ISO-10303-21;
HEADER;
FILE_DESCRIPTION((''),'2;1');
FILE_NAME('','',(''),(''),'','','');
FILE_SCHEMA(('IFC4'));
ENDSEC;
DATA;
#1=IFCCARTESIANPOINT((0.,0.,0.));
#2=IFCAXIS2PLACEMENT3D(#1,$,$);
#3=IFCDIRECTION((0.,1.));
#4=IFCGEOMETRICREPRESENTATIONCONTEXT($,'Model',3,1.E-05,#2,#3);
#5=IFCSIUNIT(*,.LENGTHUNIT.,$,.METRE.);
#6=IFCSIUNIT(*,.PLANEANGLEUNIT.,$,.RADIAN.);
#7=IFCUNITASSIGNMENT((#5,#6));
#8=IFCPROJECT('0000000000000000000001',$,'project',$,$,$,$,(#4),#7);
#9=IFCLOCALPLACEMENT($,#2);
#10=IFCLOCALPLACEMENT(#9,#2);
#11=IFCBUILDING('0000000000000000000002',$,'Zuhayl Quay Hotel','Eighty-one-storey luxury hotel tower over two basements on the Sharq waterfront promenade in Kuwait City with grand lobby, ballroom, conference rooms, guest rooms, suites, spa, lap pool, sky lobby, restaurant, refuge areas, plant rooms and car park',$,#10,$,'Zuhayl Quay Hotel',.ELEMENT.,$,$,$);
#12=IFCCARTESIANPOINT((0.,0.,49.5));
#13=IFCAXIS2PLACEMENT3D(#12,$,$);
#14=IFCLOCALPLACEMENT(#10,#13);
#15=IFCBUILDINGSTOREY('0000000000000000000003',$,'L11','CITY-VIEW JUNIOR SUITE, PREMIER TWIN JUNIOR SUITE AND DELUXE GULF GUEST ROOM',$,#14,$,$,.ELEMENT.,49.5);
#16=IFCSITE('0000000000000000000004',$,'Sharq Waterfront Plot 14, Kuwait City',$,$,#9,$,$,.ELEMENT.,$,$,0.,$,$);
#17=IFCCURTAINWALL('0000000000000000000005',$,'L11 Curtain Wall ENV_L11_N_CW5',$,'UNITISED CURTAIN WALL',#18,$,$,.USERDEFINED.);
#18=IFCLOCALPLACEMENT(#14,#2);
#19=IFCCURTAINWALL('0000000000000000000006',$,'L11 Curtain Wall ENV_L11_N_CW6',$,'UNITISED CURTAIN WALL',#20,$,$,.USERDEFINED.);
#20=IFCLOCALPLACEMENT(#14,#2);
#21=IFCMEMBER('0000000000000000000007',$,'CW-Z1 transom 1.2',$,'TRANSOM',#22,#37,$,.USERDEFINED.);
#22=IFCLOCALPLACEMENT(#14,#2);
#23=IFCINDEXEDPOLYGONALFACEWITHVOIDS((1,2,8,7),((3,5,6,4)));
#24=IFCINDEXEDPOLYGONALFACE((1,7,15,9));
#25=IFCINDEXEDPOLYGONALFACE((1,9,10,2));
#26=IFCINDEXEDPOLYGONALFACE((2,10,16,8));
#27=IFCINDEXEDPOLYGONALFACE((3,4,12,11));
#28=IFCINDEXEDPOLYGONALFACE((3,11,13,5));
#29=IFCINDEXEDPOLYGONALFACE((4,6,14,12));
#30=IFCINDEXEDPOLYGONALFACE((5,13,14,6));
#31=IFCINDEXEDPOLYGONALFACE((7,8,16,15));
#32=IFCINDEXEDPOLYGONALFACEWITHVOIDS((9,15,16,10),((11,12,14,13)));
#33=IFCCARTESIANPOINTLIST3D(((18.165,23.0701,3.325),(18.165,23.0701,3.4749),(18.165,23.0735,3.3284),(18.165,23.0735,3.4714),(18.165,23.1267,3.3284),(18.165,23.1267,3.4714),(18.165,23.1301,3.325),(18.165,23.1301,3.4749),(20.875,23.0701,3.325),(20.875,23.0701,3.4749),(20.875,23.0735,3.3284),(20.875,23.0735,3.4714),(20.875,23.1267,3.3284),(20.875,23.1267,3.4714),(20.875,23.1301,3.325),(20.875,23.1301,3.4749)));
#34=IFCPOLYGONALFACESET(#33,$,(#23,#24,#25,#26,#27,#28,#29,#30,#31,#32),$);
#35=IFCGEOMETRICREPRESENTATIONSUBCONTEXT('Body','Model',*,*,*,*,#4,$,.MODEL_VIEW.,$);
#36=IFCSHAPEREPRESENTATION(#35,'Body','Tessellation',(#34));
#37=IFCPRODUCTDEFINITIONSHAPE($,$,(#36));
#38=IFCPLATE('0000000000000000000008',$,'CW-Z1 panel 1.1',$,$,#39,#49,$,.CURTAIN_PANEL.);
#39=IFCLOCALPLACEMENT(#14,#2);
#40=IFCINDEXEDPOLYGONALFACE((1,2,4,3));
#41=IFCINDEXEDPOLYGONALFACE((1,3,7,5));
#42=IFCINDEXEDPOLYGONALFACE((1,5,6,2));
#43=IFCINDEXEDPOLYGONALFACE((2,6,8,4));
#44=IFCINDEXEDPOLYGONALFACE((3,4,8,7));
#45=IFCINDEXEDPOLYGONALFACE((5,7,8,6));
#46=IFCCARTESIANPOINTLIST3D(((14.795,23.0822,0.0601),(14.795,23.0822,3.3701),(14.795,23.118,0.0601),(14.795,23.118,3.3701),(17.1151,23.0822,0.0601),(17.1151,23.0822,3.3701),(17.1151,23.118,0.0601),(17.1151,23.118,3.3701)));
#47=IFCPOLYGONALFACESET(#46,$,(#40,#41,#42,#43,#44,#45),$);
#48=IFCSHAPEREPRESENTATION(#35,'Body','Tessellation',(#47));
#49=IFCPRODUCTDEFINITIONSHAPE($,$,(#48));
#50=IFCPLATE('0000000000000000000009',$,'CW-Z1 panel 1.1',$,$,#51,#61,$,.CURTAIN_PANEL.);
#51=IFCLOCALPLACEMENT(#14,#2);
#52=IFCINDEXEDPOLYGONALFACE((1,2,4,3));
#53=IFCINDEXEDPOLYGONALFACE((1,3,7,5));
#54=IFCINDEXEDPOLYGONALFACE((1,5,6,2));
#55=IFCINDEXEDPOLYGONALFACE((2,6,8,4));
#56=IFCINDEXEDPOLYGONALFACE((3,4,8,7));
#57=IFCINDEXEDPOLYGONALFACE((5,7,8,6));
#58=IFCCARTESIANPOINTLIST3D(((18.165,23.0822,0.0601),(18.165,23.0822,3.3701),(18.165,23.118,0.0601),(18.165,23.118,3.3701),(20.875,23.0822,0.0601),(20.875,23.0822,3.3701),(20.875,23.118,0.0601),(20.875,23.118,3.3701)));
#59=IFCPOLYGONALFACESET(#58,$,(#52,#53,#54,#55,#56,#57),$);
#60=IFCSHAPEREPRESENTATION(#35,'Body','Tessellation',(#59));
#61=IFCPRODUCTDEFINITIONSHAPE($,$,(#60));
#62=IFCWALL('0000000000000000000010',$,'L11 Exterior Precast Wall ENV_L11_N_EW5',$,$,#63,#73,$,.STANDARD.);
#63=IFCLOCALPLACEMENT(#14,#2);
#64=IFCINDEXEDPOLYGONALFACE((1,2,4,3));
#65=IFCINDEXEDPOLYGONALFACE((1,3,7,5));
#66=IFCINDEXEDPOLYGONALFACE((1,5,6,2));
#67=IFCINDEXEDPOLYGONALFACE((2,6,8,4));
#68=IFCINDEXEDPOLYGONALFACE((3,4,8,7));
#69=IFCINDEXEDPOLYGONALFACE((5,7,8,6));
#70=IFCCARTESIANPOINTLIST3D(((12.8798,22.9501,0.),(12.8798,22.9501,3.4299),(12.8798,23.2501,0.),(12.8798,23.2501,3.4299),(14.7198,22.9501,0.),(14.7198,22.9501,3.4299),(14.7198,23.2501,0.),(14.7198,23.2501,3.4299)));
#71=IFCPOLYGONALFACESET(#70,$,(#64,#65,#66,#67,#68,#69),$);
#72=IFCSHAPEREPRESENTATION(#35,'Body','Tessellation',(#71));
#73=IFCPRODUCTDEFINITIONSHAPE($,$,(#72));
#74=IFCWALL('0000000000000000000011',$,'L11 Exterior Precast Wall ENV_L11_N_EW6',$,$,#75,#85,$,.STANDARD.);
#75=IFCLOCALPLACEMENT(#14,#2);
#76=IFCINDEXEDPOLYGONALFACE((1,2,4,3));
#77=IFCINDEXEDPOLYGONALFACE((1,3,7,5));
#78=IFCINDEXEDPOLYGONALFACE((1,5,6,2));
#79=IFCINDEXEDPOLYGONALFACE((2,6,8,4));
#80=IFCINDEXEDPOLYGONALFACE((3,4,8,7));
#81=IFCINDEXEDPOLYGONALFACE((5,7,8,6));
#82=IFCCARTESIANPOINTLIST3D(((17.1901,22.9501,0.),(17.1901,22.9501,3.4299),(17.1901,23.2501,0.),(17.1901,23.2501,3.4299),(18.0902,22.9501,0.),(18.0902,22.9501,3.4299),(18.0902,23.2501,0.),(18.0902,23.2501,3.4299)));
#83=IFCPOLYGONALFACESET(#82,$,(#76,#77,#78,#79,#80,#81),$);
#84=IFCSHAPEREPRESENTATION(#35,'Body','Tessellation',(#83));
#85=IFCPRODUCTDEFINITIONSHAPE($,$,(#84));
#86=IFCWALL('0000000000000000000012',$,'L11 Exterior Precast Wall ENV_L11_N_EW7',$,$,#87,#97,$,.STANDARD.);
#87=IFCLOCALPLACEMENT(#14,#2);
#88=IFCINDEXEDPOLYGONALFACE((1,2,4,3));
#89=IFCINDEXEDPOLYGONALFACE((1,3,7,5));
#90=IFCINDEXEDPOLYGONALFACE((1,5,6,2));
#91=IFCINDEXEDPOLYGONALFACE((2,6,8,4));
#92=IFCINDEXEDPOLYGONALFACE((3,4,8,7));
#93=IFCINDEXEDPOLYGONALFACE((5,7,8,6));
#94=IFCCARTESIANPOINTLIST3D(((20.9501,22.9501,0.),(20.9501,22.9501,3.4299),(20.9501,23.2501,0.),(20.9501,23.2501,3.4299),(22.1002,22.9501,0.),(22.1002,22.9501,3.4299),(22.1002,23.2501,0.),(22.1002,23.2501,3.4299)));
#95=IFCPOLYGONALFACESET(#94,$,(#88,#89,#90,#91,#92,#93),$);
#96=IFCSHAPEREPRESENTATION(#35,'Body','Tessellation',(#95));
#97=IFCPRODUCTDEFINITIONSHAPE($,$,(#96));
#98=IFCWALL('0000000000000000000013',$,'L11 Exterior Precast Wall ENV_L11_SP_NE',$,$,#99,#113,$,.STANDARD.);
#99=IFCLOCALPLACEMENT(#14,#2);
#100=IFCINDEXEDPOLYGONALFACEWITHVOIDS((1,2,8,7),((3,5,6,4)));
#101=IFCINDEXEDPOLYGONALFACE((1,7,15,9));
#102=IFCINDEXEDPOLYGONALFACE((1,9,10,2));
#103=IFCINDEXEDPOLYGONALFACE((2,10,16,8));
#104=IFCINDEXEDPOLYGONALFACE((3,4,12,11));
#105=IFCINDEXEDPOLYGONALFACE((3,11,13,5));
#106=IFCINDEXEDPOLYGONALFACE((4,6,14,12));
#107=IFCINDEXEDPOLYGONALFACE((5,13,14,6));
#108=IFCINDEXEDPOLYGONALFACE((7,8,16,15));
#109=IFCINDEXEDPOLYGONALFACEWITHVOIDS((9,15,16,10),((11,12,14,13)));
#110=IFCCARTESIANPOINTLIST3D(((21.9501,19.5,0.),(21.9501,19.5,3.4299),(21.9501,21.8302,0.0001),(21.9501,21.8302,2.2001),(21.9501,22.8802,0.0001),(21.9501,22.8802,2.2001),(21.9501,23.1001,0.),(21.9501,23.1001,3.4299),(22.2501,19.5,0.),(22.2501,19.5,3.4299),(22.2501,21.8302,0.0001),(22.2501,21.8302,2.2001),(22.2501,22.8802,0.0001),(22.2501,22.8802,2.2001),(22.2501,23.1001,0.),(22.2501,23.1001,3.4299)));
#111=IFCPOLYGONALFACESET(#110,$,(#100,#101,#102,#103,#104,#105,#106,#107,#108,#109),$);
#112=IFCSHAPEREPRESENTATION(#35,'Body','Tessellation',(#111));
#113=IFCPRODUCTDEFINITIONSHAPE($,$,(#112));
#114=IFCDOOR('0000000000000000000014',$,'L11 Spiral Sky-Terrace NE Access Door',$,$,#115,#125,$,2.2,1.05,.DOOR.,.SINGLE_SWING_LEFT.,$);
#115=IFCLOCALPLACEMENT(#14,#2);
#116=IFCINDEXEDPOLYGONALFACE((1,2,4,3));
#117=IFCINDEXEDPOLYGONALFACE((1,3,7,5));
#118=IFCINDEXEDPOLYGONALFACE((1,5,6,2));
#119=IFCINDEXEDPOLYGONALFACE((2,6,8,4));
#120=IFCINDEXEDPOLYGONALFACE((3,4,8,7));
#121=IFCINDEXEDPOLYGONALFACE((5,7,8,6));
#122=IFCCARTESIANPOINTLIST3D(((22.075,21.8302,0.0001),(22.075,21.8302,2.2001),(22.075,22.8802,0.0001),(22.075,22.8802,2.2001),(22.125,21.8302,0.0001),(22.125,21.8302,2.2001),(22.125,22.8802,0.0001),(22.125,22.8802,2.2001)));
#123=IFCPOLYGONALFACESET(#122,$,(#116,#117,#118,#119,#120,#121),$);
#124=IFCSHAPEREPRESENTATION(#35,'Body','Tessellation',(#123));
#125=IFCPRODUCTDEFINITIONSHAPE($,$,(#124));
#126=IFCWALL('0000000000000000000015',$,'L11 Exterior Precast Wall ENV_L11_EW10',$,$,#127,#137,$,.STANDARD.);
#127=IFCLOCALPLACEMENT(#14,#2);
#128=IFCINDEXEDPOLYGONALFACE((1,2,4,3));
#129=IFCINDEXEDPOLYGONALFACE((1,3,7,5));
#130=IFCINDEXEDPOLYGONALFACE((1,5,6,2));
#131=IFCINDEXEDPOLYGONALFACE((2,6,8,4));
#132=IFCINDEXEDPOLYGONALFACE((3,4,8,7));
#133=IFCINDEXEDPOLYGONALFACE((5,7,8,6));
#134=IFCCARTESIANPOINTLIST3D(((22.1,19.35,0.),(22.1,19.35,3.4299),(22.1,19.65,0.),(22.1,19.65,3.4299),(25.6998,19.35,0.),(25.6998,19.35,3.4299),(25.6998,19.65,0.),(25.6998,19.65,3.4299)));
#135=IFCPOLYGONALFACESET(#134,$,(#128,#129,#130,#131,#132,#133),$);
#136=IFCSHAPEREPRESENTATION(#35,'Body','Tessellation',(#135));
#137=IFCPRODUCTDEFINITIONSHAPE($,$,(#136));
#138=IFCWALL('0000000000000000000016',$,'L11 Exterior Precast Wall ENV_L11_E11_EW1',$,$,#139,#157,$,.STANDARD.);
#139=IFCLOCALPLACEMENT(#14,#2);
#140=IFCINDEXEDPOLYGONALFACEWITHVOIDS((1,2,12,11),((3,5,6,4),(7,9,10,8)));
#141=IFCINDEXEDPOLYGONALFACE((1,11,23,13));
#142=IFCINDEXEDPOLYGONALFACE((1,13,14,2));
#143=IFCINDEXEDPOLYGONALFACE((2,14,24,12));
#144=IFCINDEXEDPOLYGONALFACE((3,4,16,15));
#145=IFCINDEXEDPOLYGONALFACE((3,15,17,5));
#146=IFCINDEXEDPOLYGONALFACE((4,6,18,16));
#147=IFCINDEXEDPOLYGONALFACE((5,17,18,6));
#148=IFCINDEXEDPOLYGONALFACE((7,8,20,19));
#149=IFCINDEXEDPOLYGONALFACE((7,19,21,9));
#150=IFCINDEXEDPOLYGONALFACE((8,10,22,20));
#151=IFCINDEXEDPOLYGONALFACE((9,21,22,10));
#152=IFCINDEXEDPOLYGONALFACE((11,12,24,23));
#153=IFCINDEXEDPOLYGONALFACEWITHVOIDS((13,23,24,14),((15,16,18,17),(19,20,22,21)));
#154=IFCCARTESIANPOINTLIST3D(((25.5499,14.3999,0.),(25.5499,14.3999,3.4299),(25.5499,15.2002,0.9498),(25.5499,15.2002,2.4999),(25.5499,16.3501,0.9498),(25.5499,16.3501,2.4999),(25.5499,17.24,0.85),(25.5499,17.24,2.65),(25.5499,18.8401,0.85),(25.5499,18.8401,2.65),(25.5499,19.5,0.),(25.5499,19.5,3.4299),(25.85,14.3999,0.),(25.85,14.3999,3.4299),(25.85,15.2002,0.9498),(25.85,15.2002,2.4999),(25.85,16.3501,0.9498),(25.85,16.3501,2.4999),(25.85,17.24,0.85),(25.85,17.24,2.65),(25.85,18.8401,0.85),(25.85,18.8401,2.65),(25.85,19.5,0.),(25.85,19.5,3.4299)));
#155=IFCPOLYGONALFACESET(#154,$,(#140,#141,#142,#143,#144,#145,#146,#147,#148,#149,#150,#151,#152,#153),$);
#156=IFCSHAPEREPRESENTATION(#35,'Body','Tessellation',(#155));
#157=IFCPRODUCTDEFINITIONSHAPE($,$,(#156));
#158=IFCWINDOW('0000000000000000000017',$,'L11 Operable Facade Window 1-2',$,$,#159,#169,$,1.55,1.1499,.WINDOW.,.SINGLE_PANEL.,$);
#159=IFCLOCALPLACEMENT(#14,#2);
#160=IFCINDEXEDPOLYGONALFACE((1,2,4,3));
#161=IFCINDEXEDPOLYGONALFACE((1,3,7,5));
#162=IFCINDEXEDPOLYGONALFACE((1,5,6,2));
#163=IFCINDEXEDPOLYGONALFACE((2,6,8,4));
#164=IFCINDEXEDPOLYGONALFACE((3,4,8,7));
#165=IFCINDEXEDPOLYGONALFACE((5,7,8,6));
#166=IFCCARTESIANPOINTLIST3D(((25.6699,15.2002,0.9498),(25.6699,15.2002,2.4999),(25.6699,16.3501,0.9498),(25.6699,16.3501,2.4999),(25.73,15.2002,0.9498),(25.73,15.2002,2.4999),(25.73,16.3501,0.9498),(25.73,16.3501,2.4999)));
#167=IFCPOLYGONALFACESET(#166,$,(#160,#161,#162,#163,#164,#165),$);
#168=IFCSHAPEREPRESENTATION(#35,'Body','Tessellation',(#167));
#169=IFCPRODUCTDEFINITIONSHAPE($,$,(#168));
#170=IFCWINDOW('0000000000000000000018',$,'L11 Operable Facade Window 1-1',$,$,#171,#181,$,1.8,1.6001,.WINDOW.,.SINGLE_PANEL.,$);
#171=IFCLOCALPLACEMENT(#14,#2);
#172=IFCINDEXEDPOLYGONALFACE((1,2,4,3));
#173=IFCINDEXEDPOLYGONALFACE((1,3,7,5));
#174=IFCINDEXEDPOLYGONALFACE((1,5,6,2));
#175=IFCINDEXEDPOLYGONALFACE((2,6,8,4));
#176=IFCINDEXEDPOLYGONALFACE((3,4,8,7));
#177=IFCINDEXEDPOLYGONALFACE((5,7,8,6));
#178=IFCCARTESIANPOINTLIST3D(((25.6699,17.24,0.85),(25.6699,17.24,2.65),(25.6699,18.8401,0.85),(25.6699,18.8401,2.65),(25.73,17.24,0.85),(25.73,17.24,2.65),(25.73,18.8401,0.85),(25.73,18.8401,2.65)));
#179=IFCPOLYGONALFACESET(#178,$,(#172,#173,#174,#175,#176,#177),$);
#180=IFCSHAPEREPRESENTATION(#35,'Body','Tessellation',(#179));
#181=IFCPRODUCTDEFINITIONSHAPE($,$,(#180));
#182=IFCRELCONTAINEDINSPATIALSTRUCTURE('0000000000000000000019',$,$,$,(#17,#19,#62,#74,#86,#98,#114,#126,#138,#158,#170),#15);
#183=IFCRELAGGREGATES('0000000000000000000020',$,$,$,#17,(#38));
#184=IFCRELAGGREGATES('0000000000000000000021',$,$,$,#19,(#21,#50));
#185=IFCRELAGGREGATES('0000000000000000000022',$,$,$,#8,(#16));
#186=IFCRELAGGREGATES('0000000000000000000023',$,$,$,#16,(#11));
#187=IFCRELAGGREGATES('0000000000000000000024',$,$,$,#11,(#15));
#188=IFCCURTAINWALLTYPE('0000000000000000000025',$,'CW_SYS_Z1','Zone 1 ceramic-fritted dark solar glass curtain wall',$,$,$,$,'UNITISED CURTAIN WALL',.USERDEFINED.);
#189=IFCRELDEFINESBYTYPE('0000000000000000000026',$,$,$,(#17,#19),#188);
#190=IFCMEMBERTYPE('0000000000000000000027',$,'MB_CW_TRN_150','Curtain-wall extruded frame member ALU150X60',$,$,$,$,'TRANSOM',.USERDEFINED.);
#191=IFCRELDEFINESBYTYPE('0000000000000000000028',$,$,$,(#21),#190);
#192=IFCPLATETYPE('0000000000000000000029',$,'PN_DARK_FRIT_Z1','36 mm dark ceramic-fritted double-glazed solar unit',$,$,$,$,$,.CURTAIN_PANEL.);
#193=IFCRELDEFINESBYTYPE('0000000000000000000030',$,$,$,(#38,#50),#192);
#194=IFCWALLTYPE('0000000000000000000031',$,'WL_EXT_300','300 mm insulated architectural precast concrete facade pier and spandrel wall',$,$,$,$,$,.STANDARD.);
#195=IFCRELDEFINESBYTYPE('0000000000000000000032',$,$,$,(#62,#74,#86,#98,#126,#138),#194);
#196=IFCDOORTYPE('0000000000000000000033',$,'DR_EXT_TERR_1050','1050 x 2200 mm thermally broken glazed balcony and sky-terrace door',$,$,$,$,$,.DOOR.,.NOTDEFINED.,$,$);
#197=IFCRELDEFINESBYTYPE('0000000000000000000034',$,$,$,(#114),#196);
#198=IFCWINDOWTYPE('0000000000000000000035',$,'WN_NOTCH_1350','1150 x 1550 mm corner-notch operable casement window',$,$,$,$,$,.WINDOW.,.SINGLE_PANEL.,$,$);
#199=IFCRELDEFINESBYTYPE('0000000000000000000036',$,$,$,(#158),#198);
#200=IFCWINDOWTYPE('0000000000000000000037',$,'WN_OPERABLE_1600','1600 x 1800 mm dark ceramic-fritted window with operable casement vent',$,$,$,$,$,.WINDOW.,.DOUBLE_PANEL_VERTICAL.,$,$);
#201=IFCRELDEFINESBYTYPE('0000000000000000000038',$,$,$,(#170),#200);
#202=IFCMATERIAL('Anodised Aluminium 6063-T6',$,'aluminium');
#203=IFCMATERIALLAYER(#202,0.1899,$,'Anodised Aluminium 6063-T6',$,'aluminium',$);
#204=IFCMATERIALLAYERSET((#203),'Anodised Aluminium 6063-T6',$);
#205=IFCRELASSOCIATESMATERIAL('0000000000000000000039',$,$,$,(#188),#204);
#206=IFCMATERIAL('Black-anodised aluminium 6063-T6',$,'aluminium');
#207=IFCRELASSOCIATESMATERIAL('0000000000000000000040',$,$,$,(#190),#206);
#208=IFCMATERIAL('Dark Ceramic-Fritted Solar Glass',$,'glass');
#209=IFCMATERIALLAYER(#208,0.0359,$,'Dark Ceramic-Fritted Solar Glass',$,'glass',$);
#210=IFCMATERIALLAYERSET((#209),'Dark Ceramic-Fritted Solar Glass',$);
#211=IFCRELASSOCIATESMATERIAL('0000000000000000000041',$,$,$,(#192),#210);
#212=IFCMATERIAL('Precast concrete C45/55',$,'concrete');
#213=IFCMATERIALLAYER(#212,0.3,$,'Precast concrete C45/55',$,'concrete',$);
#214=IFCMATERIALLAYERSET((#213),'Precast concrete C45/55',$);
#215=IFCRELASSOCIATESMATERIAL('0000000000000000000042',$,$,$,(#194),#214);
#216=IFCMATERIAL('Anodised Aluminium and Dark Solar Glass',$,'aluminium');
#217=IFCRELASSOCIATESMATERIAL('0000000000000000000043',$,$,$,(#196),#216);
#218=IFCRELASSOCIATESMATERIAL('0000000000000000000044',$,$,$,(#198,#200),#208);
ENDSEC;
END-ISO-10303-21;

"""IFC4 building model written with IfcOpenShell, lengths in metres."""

from ifc_helpers import new_model, si_unit, direction, frame, frame_2d, origin, origin_2d, place, context, subcontext, project, spatial, rectangle, hollow_rectangle, extrude, material, layer, layer_set, material_profile, profile_set, type_object, element, fill, aggregate, save


model = new_model("IFC4")

# Units and contexts
model_context = context("Model", 3, precision=1e-05, world=origin(), true_north=direction((0.0, 1.0)))
body_context = subcontext(model_context, "Body", "Model", "MODEL_VIEW")
ifc_project = project(units=[si_unit("LENGTHUNIT", "METRE"), si_unit("PLANEANGLEUNIT", "RADIAN")], contexts=[model_context])

# Site, building, storey
site_placement = place(None, origin())
site = spatial("IfcSite", under=ifc_project, at=site_placement, Name="Sharq Waterfront Plot 14, Kuwait City", CompositionType="ELEMENT", RefElevation=0.0)
building_placement = place(site_placement, origin())
building = spatial("IfcBuilding", under=site, at=building_placement, Name="Zuhayl Quay Hotel", Description="Eighty-one-storey luxury hotel tower over two basements on the Sharq waterfront promenade in Kuwait City with grand lobby, ballroom, conference rooms, guest rooms, suites, spa, lap pool, sky lobby, restaurant, refuge areas, plant rooms and car park", LongName="Zuhayl Quay Hotel", CompositionType="ELEMENT")
storey_placement = place(building_placement, frame((0.0, 0.0, 49.5)))
storey = spatial("IfcBuildingStorey", under=building, at=storey_placement, Name="L11", Description="CITY-VIEW JUNIOR SUITE, PREMIER TWIN JUNIOR SUITE AND DELUXE GULF GUEST ROOM", CompositionType="ELEMENT", Elevation=49.5)

# Shared definitions
ifc_material_1 = material(Name="Anodised Aluminium 6063-T6", Category="aluminium")
ifc_layer_1 = layer(ifc_material_1, 0.1899, Name="Anodised Aluminium 6063-T6", Category="aluminium")
ifc_layer_set_1 = layer_set([ifc_layer_1], Name="Anodised Aluminium 6063-T6")
curtain_wall_type = type_object("IfcCurtainWallType", Name="CW_SYS_Z1", Description="Zone 1 ceramic-fritted dark solar glass curtain wall", ElementType="UNITISED CURTAIN WALL", PredefinedType="USERDEFINED", material=ifc_layer_set_1)
ifc_material_2 = material(Name="Black-anodised aluminium 6063-T6", Category="aluminium")

# Curtain walls
curtain_wall_1_placement = place(storey_placement, origin())
curtain_wall_1 = element("IfcCurtainWall", 1, at=curtain_wall_1_placement, inside=storey, type_object=curtain_wall_type, Name="L11 Curtain Wall ENV_L11_N_CW5", ObjectType="UNITISED CURTAIN WALL", PredefinedType="USERDEFINED")
curtain_wall_2_placement = place(storey_placement, origin())
curtain_wall_2 = element("IfcCurtainWall", 2, at=curtain_wall_2_placement, inside=storey, type_object=curtain_wall_type, Name="L11 Curtain Wall ENV_L11_N_CW6", ObjectType="UNITISED CURTAIN WALL", PredefinedType="USERDEFINED")

# Member
ifc_material_profile_1 = material_profile(ifc_material_2, hollow_rectangle(XDim=0.0601, YDim=0.1499, WallThickness=0.0034, at=origin_2d()), Name="ALU150X60")
ifc_profile_set_1 = profile_set([ifc_material_profile_1], Name="Black-anodised aluminium 6063-T6")
member_type_1 = type_object("IfcMemberType", Name="MB_CW_TRN_150", Description="Curtain-wall extruded frame member ALU150X60", ElementType="TRANSOM", PredefinedType="USERDEFINED", material=ifc_profile_set_1)
member_1_placement = place(storey_placement, frame((18.165, 23.1001, 3.3999), z_axis=(1.0, 0.0, 0.0), x_axis=(0.0, 1.0, 0.0)))
member_1 = element("IfcMember", 3, at=member_1_placement, type_object=member_type_1, Name="CW-Z1 transom 1.2", ObjectType="TRANSOM", PredefinedType="USERDEFINED", context=body_context, shape_type="SweptSolid", body=[
    extrude(hollow_rectangle(XDim=0.0601, YDim=0.1499, WallThickness=0.0034, at=origin_2d()), origin(), (0.0, 0.0, 1.0), 2.71),
])

# Plates
ifc_material_3 = material(Name="Dark Ceramic-Fritted Solar Glass", Category="glass")
ifc_layer_2 = layer(ifc_material_3, 0.0359, Name="Dark Ceramic-Fritted Solar Glass", Category="glass")
ifc_layer_set_2 = layer_set([ifc_layer_2], Name="Dark Ceramic-Fritted Solar Glass")
plate_type = type_object("IfcPlateType", Name="PN_DARK_FRIT_Z1", Description="36 mm dark ceramic-fritted double-glazed solar unit", PredefinedType="CURTAIN_PANEL", material=ifc_layer_set_2)
plate_1_placement = place(storey_placement, frame((15.9551, 23.1001, 0.0601), z_axis=(0.0, 0.0, 1.0), x_axis=(1.0, 0.0, 0.0)))
plate_1 = element("IfcPlate", 4, at=plate_1_placement, type_object=plate_type, Name="CW-Z1 panel 1.1", PredefinedType="CURTAIN_PANEL", context=body_context, shape_type="SweptSolid", body=[
    extrude(rectangle(XDim=2.3201, YDim=0.0359, at=origin_2d()), origin(), (0.0, 0.0, 1.0), 3.3101),
])
aggregate(curtain_wall_1, [plate_1])
plate_2_placement = place(storey_placement, frame((19.52, 23.1001, 0.0601), z_axis=(0.0, 0.0, 1.0), x_axis=(1.0, 0.0, 0.0)))
plate_2 = element("IfcPlate", 5, at=plate_2_placement, type_object=plate_type, Name="CW-Z1 panel 1.1", PredefinedType="CURTAIN_PANEL", context=body_context, shape_type="SweptSolid", body=[
    extrude(rectangle(XDim=2.71, YDim=0.0359, at=origin_2d()), origin(), (0.0, 0.0, 1.0), 3.3101),
])
aggregate(curtain_wall_2, [member_1, plate_2])

# Walls
ifc_material_4 = material(Name="Precast concrete C45/55", Category="concrete")
ifc_layer_3 = layer(ifc_material_4, 0.3, Name="Precast concrete C45/55", Category="concrete")
ifc_layer_set_3 = layer_set([ifc_layer_3], Name="Precast concrete C45/55")
wall_type_1 = type_object("IfcWallType", Name="WL_EXT_300", Description="300 mm insulated architectural precast concrete facade pier and spandrel wall", PredefinedType="STANDARD", material=ifc_layer_set_3)
wall_1_placement = place(storey_placement, frame((12.8799, 23.1001, 0.0), z_axis=(0.0, 0.0, 1.0), x_axis=(1.0, 0.0, 0.0)))
element("IfcWall", 6, at=wall_1_placement, inside=storey, type_object=wall_type_1, Name="L11 Exterior Precast Wall ENV_L11_N_EW5", PredefinedType="STANDARD", context=body_context, shape_type="SweptSolid", body=[
    extrude(rectangle(XDim=1.8401, YDim=0.3, at=frame_2d((0.9199, 0.0))), origin(), (0.0, 0.0, 1.0), 3.4299),
])
wall_2_placement = place(storey_placement, frame((17.1899, 23.1001, 0.0), z_axis=(0.0, 0.0, 1.0), x_axis=(1.0, 0.0, 0.0)))
element("IfcWall", 7, at=wall_2_placement, inside=storey, type_object=wall_type_1, Name="L11 Exterior Precast Wall ENV_L11_N_EW6", PredefinedType="STANDARD", context=body_context, shape_type="SweptSolid", body=[
    extrude(rectangle(XDim=0.9001, YDim=0.3, at=frame_2d((0.4502, 0.0))), origin(), (0.0, 0.0, 1.0), 3.4299),
])
wall_3_placement = place(storey_placement, frame((20.95, 23.1001, 0.0), z_axis=(0.0, 0.0, 1.0), x_axis=(1.0, 0.0, 0.0)))
element("IfcWall", 8, at=wall_3_placement, inside=storey, type_object=wall_type_1, Name="L11 Exterior Precast Wall ENV_L11_N_EW7", PredefinedType="STANDARD", context=body_context, shape_type="SweptSolid", body=[
    extrude(rectangle(XDim=1.1501, YDim=0.3, at=frame_2d((0.5752, 0.0))), origin(), (0.0, 0.0, 1.0), 3.4299),
])

# Wall, opening, door
wall_4_placement = place(storey_placement, frame((22.1001, 23.1001, 0.0), z_axis=(0.0, 0.0, 1.0), x_axis=(0.0, -1.0, 0.0)))
wall_4 = element("IfcWall", 9, at=wall_4_placement, inside=storey, type_object=wall_type_1, Name="L11 Exterior Precast Wall ENV_L11_SP_NE", PredefinedType="STANDARD", context=body_context, shape_type="SweptSolid", body=[
    extrude(rectangle(XDim=3.6001, YDim=0.3, at=frame_2d((1.8, 0.0))), origin(), (0.0, 0.0, 1.0), 3.4299),
])
opening_1_placement = place(wall_4_placement, frame((0.22, 0.0, 0.0)))
opening_1 = element("IfcOpeningElement", 10, at=opening_1_placement, cuts=wall_4, PredefinedType="OPENING", context=body_context, shape_type="SweptSolid", body=[
    extrude(rectangle(XDim=1.05, YDim=2.2, at=frame_2d((0.5249, 1.1001))), frame((0.0, 0.1599, 0.0), z_axis=(0.0, -1.0, 0.0), x_axis=(1.0, 0.0, 0.0)), (0.0, 0.0, 1.0), 0.3201),
])
ifc_material_5 = material(Name="Anodised Aluminium and Dark Solar Glass", Category="aluminium")
door_type_1 = type_object("IfcDoorType", Name="DR_EXT_TERR_1050", Description="1050 x 2200 mm thermally broken glazed balcony and sky-terrace door", OperationType="NOTDEFINED", PredefinedType="DOOR", material=ifc_material_5)
door_1_placement = place(opening_1_placement, origin())
door_1 = element("IfcDoor", 11, at=door_1_placement, inside=storey, type_object=door_type_1, Name="L11 Spiral Sky-Terrace NE Access Door", OperationType="SINGLE_SWING_LEFT", OverallHeight=2.2, OverallWidth=1.05, PredefinedType="DOOR", context=body_context, shape_type="SweptSolid", body=[
    extrude(rectangle(XDim=1.05, YDim=2.2, at=frame_2d((0.5249, 1.1001))), frame((0.0, 0.0249, 0.0), z_axis=(0.0, -1.0, 0.0), x_axis=(1.0, 0.0, 0.0)), (0.0, 0.0, 1.0), 0.05),
])
fill(opening_1, door_1)

# Wall
wall_5_placement = place(storey_placement, frame((22.1001, 19.5, 0.0), z_axis=(0.0, 0.0, 1.0), x_axis=(1.0, 0.0, 0.0)))
element("IfcWall", 12, at=wall_5_placement, inside=storey, type_object=wall_type_1, Name="L11 Exterior Precast Wall ENV_L11_EW10", PredefinedType="STANDARD", context=body_context, shape_type="SweptSolid", body=[
    extrude(rectangle(XDim=3.5999, YDim=0.3, at=frame_2d((1.7998, 0.0))), origin(), (0.0, 0.0, 1.0), 3.4299),
])

# Wall, openings, windows
wall_6_placement = place(storey_placement, frame((25.7, 19.5, 0.0), z_axis=(0.0, 0.0, 1.0), x_axis=(0.0, -1.0, 0.0)))
wall_6 = element("IfcWall", 13, at=wall_6_placement, inside=storey, type_object=wall_type_1, Name="L11 Exterior Precast Wall ENV_L11_E11_EW1", PredefinedType="STANDARD", context=body_context, shape_type="SweptSolid", body=[
    extrude(rectangle(XDim=5.1001, YDim=0.3, at=frame_2d((2.55, 0.0))), origin(), (0.0, 0.0, 1.0), 3.4299),
])
opening_2_placement = place(wall_6_placement, frame((0.6599, 0.0, 0.8501)))
opening_2 = element("IfcOpeningElement", 14, at=opening_2_placement, cuts=wall_6, PredefinedType="OPENING", context=body_context, shape_type="SweptSolid", body=[
    extrude(rectangle(XDim=1.6001, YDim=1.8, at=frame_2d((0.8, 0.8999))), frame((0.0, 0.1599, 0.0), z_axis=(0.0, -1.0, 0.0), x_axis=(1.0, 0.0, 0.0)), (0.0, 0.0, 1.0), 0.3201),
])
opening_3_placement = place(wall_6_placement, frame((3.1499, 0.0, 0.95)))
opening_3 = element("IfcOpeningElement", 15, at=opening_3_placement, cuts=wall_6, PredefinedType="OPENING", context=body_context, shape_type="SweptSolid", body=[
    extrude(rectangle(XDim=1.1499, YDim=1.55, at=frame_2d((0.575, 0.7749))), frame((0.0, 0.1599, 0.0), z_axis=(0.0, -1.0, 0.0), x_axis=(1.0, 0.0, 0.0)), (0.0, 0.0, 1.0), 0.3201),
])
window_type_1 = type_object("IfcWindowType", Name="WN_NOTCH_1350", Description="1150 x 1550 mm corner-notch operable casement window", PartitioningType="SINGLE_PANEL", PredefinedType="WINDOW", material=ifc_material_3)
window_1_placement = place(opening_3_placement, origin())
window_1 = element("IfcWindow", 16, at=window_1_placement, inside=storey, type_object=window_type_1, Name="L11 Operable Facade Window 1-2", OverallHeight=1.55, OverallWidth=1.1499, PartitioningType="SINGLE_PANEL", PredefinedType="WINDOW", context=body_context, shape_type="SweptSolid", body=[
    extrude(rectangle(XDim=1.1499, YDim=1.55, at=frame_2d((0.575, 0.7749))), frame((0.0, 0.03, 0.0), z_axis=(0.0, -1.0, 0.0), x_axis=(1.0, 0.0, 0.0)), (0.0, 0.0, 1.0), 0.0601),
])
fill(opening_3, window_1)
window_type_2 = type_object("IfcWindowType", Name="WN_OPERABLE_1600", Description="1600 x 1800 mm dark ceramic-fritted window with operable casement vent", PartitioningType="DOUBLE_PANEL_VERTICAL", PredefinedType="WINDOW", material=ifc_material_3)
window_2_placement = place(opening_2_placement, origin())
window_2 = element("IfcWindow", 17, at=window_2_placement, inside=storey, type_object=window_type_2, Name="L11 Operable Facade Window 1-1", OverallHeight=1.8, OverallWidth=1.6001, PartitioningType="SINGLE_PANEL", PredefinedType="WINDOW", context=body_context, shape_type="SweptSolid", body=[
    extrude(rectangle(XDim=1.6001, YDim=1.8, at=frame_2d((0.8, 0.8999))), frame((0.0, 0.03, 0.0), z_axis=(0.0, -1.0, 0.0), x_axis=(1.0, 0.0, 0.0)), (0.0, 0.0, 1.0), 0.0601),
])
fill(opening_2, window_2)

save(model, "model.ifc")
